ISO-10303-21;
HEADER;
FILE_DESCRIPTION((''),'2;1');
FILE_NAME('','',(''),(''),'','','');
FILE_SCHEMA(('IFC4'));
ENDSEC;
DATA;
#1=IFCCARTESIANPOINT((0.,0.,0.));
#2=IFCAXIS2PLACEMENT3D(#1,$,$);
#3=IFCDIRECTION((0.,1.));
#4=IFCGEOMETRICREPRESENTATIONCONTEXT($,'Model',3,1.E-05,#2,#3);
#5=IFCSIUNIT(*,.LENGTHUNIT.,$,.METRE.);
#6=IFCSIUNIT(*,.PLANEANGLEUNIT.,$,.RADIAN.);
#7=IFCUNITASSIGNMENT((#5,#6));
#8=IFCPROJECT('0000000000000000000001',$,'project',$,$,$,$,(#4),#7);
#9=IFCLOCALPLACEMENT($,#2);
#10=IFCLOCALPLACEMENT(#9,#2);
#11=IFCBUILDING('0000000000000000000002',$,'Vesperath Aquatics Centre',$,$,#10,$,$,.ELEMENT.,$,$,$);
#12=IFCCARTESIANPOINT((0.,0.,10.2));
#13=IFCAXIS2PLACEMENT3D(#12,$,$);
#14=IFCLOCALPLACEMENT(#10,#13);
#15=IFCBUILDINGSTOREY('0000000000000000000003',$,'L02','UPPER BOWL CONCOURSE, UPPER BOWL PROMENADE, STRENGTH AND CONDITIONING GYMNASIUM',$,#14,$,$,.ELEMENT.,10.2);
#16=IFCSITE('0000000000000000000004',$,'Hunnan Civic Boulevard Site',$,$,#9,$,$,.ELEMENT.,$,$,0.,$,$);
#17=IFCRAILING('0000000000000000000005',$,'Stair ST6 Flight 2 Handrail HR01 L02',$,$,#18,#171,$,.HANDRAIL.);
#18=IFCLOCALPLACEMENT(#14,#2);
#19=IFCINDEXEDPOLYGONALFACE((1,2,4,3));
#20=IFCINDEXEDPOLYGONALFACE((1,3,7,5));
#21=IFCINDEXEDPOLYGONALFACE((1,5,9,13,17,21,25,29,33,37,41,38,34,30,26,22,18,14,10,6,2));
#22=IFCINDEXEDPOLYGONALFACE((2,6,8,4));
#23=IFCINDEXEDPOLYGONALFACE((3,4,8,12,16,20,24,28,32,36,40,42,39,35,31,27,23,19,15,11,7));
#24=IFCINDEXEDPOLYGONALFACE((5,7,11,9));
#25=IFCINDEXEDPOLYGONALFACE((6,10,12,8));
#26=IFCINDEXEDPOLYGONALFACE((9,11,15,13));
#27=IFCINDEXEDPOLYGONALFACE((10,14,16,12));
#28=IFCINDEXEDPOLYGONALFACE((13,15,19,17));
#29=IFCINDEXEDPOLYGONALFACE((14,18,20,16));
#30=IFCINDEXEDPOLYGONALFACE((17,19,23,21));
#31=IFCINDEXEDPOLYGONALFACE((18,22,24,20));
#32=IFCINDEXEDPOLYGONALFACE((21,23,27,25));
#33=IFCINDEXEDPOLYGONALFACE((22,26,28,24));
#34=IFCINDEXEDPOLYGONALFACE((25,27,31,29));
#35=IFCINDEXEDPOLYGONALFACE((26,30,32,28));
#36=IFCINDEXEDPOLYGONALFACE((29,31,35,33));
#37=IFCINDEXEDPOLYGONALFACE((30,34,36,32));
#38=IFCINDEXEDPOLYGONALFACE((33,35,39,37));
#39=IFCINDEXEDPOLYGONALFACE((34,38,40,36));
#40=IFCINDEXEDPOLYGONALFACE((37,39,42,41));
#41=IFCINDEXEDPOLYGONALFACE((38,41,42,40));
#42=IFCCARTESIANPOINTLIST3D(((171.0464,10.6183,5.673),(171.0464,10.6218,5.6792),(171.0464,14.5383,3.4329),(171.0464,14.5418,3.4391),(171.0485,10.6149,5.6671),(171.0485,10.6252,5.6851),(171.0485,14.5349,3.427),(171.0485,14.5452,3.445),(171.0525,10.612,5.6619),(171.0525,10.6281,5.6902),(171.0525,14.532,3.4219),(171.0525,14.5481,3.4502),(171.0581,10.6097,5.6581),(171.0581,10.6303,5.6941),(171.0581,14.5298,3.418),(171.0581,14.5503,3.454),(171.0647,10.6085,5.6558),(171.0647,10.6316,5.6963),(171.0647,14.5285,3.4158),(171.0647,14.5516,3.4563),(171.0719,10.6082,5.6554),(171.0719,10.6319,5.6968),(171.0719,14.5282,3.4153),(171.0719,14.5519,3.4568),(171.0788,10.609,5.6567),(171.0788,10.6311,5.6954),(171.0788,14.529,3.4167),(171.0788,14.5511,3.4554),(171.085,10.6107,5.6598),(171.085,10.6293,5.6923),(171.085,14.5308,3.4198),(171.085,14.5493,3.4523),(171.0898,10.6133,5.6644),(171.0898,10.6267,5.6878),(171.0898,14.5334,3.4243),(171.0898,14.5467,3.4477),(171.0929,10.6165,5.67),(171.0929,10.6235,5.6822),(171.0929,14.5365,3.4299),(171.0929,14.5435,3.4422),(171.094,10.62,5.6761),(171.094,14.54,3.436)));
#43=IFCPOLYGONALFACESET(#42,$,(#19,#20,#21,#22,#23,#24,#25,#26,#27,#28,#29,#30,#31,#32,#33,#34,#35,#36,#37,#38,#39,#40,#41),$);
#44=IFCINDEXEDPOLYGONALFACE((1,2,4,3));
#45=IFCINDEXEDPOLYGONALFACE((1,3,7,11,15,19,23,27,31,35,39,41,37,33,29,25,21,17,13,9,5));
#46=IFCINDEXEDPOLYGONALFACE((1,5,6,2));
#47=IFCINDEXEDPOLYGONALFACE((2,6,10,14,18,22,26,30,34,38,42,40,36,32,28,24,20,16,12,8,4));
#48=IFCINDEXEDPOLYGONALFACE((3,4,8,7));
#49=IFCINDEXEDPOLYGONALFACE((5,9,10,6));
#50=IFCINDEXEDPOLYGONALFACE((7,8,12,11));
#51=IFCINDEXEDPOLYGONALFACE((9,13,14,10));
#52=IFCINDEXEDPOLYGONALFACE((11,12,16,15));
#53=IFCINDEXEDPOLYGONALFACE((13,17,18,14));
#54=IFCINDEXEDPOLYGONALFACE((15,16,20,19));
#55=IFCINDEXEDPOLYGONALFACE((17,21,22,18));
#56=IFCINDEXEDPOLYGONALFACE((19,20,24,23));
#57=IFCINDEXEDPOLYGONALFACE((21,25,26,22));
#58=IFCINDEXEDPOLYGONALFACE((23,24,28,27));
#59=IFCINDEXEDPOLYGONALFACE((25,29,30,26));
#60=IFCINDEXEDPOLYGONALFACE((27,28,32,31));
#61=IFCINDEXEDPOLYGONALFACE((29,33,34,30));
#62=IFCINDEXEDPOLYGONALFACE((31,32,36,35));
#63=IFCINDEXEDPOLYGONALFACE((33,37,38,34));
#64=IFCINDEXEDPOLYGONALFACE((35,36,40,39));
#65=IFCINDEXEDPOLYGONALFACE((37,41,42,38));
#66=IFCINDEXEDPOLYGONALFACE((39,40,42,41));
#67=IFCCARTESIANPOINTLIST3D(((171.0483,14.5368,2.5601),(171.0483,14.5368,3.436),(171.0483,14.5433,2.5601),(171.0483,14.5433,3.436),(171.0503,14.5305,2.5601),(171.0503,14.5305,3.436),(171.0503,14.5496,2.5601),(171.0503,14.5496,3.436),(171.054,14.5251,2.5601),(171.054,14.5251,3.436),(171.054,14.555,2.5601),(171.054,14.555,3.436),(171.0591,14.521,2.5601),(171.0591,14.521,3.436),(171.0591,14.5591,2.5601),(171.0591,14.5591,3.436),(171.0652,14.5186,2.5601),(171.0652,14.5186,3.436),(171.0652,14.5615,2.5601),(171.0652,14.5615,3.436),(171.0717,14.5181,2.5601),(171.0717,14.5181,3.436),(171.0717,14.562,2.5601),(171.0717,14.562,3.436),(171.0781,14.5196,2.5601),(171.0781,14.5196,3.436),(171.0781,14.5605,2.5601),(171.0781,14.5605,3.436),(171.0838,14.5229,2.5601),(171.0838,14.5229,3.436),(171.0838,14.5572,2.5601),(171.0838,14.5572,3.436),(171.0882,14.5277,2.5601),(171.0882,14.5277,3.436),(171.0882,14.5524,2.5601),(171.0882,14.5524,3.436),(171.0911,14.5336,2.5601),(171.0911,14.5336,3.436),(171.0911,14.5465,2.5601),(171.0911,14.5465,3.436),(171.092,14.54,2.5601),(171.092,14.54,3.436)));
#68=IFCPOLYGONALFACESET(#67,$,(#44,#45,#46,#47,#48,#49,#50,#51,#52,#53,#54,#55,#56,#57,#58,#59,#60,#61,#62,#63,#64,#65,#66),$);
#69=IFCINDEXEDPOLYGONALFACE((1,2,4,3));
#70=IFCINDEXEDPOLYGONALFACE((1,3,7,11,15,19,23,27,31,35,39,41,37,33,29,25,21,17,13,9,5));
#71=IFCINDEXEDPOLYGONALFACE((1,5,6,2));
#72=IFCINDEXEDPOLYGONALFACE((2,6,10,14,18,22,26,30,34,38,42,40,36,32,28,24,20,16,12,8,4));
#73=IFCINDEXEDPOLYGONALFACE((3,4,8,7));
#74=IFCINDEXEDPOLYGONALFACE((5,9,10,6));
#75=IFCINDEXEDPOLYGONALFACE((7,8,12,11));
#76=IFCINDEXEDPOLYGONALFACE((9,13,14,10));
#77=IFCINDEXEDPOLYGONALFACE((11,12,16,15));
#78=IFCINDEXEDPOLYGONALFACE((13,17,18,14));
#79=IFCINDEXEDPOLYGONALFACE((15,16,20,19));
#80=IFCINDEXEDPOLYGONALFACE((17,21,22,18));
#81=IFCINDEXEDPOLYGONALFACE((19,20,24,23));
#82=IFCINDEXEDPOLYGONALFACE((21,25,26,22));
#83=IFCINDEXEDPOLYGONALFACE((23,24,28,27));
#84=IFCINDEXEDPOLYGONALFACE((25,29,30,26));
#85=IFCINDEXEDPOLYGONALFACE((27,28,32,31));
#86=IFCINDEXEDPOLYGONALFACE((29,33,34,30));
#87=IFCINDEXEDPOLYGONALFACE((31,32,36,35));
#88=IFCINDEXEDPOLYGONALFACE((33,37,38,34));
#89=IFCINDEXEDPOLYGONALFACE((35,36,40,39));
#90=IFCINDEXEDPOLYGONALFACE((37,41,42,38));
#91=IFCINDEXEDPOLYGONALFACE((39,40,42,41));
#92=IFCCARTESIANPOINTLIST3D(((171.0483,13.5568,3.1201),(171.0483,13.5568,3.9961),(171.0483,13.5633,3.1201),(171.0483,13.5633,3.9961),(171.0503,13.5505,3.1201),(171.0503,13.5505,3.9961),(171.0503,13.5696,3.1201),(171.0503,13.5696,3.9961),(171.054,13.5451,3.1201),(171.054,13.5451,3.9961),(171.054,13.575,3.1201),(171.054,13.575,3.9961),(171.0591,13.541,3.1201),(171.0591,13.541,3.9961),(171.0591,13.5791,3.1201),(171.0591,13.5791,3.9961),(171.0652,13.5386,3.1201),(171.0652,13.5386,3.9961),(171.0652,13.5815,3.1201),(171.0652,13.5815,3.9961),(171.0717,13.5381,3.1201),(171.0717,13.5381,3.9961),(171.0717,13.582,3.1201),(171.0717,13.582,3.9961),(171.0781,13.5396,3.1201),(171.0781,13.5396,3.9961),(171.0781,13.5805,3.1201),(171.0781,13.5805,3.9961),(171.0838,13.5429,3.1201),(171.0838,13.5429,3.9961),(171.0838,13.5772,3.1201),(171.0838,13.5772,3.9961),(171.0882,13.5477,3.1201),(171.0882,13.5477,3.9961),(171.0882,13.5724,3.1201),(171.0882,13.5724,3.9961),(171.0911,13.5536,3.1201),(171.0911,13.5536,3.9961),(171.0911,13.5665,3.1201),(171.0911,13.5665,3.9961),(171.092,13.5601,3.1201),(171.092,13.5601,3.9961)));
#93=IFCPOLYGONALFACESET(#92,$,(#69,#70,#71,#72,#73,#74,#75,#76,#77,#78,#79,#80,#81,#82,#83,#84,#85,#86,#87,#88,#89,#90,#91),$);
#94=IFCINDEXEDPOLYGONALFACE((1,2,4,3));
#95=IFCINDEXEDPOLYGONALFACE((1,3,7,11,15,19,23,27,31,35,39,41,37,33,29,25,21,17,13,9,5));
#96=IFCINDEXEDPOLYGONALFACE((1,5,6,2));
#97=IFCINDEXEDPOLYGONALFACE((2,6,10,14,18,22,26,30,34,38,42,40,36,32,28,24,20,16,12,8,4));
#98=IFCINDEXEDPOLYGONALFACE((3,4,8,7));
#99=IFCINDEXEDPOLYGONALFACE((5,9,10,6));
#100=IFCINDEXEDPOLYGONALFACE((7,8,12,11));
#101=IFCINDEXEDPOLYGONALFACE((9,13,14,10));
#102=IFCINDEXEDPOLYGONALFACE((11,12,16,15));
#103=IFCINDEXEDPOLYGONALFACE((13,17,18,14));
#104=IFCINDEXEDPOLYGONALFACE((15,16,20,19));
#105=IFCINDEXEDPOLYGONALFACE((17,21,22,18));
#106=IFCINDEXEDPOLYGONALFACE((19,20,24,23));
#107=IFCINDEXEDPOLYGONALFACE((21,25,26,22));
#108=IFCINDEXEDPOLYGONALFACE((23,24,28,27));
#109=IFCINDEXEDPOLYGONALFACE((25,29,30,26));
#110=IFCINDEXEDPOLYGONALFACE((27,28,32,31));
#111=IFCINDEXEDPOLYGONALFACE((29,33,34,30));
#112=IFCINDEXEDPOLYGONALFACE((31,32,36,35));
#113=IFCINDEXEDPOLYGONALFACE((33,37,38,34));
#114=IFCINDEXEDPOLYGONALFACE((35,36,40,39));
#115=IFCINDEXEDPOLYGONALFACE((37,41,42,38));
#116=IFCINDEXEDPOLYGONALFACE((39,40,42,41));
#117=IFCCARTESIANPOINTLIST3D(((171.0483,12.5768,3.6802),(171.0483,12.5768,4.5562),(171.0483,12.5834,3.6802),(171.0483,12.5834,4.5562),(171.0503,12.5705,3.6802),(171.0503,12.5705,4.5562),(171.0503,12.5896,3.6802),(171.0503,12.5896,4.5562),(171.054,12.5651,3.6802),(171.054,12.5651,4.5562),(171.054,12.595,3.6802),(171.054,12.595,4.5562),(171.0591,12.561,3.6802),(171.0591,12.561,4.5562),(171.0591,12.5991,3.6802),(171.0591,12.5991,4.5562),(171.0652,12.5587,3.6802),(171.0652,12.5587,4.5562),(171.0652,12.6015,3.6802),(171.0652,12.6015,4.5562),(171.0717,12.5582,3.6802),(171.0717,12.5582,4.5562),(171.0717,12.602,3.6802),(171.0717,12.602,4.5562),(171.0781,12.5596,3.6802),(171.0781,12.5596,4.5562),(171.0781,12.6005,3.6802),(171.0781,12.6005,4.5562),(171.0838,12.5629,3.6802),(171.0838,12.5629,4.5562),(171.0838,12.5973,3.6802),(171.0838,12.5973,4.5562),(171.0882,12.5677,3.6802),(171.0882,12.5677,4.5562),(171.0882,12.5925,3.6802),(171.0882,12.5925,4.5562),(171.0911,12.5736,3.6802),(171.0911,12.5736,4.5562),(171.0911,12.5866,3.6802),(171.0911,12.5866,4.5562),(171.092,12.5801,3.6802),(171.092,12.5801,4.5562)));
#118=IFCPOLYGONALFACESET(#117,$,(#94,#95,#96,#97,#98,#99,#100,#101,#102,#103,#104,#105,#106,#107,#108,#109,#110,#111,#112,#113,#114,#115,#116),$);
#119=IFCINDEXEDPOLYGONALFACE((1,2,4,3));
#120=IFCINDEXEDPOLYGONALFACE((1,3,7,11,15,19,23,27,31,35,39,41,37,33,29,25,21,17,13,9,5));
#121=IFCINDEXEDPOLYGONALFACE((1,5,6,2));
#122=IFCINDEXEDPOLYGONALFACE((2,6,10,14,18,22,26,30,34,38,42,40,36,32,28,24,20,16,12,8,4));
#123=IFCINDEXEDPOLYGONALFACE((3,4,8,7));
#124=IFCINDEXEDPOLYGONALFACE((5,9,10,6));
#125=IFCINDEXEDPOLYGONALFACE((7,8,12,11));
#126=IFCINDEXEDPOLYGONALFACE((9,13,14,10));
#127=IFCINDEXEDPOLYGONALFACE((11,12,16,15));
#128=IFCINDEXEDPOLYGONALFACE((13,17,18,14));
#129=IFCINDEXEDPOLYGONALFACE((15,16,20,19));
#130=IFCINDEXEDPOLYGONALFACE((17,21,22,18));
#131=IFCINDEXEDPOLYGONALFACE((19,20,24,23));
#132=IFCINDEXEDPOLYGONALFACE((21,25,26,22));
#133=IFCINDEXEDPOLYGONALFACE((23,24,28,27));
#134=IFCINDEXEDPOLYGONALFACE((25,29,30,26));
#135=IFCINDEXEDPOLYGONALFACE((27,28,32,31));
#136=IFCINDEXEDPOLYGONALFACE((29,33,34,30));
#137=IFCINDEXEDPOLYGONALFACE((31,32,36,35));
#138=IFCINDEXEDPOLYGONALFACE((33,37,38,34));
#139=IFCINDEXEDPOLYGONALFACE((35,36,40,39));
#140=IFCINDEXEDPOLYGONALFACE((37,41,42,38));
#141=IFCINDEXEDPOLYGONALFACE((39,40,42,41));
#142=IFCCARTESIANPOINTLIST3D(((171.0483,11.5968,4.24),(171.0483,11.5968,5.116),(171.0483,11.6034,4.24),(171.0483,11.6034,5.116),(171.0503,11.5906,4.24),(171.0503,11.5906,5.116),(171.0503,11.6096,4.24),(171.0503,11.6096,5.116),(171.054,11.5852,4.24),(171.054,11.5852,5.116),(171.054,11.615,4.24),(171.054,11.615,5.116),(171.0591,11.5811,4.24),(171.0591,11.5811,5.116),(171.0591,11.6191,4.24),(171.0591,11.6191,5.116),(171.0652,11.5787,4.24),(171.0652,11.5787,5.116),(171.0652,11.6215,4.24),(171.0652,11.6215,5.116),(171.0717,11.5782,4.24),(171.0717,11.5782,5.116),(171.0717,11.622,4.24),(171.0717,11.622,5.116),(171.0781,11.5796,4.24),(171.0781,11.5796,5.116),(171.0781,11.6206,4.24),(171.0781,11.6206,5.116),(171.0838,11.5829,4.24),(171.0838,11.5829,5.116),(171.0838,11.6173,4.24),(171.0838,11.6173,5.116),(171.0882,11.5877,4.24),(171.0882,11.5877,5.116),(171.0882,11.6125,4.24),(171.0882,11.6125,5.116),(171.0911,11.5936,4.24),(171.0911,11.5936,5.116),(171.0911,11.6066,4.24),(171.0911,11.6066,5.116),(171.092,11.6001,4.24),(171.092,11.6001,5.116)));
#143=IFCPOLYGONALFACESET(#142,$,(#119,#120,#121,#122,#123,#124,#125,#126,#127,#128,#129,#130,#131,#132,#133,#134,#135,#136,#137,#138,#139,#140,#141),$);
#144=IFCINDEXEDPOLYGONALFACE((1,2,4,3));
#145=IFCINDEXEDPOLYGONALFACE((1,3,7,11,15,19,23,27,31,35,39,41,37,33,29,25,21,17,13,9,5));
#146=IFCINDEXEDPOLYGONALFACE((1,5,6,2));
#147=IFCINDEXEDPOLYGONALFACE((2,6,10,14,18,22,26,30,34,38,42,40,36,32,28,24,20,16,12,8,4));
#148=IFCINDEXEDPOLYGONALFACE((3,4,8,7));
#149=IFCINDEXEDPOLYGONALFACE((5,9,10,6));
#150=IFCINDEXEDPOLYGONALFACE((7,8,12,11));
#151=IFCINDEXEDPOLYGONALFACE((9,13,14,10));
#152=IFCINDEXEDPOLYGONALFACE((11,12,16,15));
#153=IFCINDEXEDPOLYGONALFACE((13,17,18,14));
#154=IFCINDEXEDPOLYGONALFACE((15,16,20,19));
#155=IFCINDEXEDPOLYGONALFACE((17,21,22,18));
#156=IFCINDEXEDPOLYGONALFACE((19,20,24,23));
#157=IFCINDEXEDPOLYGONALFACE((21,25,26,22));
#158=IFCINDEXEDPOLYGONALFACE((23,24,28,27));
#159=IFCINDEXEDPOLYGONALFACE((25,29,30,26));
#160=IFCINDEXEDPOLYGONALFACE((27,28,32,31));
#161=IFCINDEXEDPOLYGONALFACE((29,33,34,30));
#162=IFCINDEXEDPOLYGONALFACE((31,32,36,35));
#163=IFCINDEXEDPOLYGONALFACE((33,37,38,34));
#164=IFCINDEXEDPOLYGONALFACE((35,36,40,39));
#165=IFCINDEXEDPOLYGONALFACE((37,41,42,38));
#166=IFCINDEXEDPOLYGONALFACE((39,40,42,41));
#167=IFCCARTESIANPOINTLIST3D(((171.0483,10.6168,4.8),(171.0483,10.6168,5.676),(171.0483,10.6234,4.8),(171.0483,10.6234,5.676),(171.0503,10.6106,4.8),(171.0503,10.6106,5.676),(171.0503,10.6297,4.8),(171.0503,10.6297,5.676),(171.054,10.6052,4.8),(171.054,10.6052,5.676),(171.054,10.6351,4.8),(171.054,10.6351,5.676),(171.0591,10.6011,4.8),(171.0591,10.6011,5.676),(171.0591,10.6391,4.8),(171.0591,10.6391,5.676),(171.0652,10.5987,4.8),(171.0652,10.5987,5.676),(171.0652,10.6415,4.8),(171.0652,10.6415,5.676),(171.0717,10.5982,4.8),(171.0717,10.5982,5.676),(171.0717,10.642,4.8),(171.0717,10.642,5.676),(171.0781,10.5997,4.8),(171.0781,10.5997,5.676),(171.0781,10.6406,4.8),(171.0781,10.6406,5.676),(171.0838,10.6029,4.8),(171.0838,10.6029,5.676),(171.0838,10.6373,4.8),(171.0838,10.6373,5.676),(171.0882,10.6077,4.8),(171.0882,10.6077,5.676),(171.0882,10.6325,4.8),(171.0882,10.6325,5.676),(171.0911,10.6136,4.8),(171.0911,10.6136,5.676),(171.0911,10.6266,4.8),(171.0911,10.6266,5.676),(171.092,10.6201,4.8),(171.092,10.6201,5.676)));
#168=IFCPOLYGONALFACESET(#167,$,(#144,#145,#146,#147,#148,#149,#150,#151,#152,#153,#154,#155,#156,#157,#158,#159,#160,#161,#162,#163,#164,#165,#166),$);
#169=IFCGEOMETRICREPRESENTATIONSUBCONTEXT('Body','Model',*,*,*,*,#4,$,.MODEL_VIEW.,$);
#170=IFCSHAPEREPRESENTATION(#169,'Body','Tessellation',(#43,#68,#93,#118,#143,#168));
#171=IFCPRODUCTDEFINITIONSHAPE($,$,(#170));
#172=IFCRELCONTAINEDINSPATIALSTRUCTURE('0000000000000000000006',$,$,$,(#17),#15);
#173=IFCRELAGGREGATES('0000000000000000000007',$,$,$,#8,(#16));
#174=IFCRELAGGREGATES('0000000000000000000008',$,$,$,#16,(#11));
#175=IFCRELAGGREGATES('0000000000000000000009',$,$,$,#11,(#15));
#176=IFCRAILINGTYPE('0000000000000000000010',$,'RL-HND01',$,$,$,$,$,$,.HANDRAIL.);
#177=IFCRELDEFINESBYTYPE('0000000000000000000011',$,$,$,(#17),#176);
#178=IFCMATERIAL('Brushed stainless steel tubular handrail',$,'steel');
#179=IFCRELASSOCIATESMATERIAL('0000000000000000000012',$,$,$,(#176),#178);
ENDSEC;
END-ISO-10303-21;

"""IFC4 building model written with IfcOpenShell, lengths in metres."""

from ifc_helpers import new_model, si_unit, direction, frame, origin, origin_2d, place, context, subcontext, project, spatial, circle, extrude, material, type_object, element, save


model = new_model("IFC4")

# Units and contexts
model_context = context("Model", 3, precision=1e-05, world=origin(), true_north=direction((0.0, 1.0)))
body_context = subcontext(model_context, "Body", "Model", "MODEL_VIEW")
ifc_project = project(units=[si_unit("LENGTHUNIT", "METRE"), si_unit("PLANEANGLEUNIT", "RADIAN")], contexts=[model_context])

# Site, building, storey
site_placement = place(None, origin())
site = spatial("IfcSite", under=ifc_project, at=site_placement, Name="Hunnan Civic Boulevard Site", CompositionType="ELEMENT", RefElevation=0.0)
building_placement = place(site_placement, origin())
building = spatial("IfcBuilding", under=site, at=building_placement, Name="Vesperath Aquatics Centre", CompositionType="ELEMENT")
storey_placement = place(building_placement, frame((0.0, 0.0, 10.2)))
storey = spatial("IfcBuildingStorey", under=building, at=storey_placement, Name="L02", Description="UPPER BOWL CONCOURSE, UPPER BOWL PROMENADE, STRENGTH AND CONDITIONING GYMNASIUM", CompositionType="ELEMENT", Elevation=10.2)

# Railing
ifc_material_1 = material(Name="Brushed stainless steel tubular handrail", Category="steel")
railing_type_1 = type_object("IfcRailingType", Name="RL-HND01", PredefinedType="HANDRAIL", material=ifc_material_1)
railing_1_placement = place(storey_placement, frame((171.0701, 14.54, 2.5601)))
element("IfcRailing", 1, at=railing_1_placement, inside=storey, type_object=railing_type_1, Name="Stair ST6 Flight 2 Handrail HR01 L02", PredefinedType="HANDRAIL", context=body_context, shape_type="SweptSolid", body=[
    extrude(circle(Radius=0.0239, at=origin_2d()), frame((0.0, 0.0, 0.876), z_axis=(0.0, -0.86824, 0.496145), x_axis=(1.0, 0.0, 0.0)), (0.0, 0.0, 1.0), 4.5149),
    extrude(circle(Radius=0.022, at=origin_2d()), origin(), (0.0, 0.0, 1.0), 0.876),
    extrude(circle(Radius=0.022, at=origin_2d()), frame((0.0, -0.98, 0.5601)), (0.0, 0.0, 1.0), 0.876),
    extrude(circle(Radius=0.022, at=origin_2d()), frame((0.0, -1.96, 1.1201)), (0.0, 0.0, 1.0), 0.876),
    extrude(circle(Radius=0.022, at=origin_2d()), frame((0.0, -2.9399, 1.6799)), (0.0, 0.0, 1.0), 0.876),
    extrude(circle(Radius=0.022, at=origin_2d()), frame((0.0, -3.9199, 2.24)), (0.0, 0.0, 1.0), 0.876),
])

save(model, "model.ifc")
